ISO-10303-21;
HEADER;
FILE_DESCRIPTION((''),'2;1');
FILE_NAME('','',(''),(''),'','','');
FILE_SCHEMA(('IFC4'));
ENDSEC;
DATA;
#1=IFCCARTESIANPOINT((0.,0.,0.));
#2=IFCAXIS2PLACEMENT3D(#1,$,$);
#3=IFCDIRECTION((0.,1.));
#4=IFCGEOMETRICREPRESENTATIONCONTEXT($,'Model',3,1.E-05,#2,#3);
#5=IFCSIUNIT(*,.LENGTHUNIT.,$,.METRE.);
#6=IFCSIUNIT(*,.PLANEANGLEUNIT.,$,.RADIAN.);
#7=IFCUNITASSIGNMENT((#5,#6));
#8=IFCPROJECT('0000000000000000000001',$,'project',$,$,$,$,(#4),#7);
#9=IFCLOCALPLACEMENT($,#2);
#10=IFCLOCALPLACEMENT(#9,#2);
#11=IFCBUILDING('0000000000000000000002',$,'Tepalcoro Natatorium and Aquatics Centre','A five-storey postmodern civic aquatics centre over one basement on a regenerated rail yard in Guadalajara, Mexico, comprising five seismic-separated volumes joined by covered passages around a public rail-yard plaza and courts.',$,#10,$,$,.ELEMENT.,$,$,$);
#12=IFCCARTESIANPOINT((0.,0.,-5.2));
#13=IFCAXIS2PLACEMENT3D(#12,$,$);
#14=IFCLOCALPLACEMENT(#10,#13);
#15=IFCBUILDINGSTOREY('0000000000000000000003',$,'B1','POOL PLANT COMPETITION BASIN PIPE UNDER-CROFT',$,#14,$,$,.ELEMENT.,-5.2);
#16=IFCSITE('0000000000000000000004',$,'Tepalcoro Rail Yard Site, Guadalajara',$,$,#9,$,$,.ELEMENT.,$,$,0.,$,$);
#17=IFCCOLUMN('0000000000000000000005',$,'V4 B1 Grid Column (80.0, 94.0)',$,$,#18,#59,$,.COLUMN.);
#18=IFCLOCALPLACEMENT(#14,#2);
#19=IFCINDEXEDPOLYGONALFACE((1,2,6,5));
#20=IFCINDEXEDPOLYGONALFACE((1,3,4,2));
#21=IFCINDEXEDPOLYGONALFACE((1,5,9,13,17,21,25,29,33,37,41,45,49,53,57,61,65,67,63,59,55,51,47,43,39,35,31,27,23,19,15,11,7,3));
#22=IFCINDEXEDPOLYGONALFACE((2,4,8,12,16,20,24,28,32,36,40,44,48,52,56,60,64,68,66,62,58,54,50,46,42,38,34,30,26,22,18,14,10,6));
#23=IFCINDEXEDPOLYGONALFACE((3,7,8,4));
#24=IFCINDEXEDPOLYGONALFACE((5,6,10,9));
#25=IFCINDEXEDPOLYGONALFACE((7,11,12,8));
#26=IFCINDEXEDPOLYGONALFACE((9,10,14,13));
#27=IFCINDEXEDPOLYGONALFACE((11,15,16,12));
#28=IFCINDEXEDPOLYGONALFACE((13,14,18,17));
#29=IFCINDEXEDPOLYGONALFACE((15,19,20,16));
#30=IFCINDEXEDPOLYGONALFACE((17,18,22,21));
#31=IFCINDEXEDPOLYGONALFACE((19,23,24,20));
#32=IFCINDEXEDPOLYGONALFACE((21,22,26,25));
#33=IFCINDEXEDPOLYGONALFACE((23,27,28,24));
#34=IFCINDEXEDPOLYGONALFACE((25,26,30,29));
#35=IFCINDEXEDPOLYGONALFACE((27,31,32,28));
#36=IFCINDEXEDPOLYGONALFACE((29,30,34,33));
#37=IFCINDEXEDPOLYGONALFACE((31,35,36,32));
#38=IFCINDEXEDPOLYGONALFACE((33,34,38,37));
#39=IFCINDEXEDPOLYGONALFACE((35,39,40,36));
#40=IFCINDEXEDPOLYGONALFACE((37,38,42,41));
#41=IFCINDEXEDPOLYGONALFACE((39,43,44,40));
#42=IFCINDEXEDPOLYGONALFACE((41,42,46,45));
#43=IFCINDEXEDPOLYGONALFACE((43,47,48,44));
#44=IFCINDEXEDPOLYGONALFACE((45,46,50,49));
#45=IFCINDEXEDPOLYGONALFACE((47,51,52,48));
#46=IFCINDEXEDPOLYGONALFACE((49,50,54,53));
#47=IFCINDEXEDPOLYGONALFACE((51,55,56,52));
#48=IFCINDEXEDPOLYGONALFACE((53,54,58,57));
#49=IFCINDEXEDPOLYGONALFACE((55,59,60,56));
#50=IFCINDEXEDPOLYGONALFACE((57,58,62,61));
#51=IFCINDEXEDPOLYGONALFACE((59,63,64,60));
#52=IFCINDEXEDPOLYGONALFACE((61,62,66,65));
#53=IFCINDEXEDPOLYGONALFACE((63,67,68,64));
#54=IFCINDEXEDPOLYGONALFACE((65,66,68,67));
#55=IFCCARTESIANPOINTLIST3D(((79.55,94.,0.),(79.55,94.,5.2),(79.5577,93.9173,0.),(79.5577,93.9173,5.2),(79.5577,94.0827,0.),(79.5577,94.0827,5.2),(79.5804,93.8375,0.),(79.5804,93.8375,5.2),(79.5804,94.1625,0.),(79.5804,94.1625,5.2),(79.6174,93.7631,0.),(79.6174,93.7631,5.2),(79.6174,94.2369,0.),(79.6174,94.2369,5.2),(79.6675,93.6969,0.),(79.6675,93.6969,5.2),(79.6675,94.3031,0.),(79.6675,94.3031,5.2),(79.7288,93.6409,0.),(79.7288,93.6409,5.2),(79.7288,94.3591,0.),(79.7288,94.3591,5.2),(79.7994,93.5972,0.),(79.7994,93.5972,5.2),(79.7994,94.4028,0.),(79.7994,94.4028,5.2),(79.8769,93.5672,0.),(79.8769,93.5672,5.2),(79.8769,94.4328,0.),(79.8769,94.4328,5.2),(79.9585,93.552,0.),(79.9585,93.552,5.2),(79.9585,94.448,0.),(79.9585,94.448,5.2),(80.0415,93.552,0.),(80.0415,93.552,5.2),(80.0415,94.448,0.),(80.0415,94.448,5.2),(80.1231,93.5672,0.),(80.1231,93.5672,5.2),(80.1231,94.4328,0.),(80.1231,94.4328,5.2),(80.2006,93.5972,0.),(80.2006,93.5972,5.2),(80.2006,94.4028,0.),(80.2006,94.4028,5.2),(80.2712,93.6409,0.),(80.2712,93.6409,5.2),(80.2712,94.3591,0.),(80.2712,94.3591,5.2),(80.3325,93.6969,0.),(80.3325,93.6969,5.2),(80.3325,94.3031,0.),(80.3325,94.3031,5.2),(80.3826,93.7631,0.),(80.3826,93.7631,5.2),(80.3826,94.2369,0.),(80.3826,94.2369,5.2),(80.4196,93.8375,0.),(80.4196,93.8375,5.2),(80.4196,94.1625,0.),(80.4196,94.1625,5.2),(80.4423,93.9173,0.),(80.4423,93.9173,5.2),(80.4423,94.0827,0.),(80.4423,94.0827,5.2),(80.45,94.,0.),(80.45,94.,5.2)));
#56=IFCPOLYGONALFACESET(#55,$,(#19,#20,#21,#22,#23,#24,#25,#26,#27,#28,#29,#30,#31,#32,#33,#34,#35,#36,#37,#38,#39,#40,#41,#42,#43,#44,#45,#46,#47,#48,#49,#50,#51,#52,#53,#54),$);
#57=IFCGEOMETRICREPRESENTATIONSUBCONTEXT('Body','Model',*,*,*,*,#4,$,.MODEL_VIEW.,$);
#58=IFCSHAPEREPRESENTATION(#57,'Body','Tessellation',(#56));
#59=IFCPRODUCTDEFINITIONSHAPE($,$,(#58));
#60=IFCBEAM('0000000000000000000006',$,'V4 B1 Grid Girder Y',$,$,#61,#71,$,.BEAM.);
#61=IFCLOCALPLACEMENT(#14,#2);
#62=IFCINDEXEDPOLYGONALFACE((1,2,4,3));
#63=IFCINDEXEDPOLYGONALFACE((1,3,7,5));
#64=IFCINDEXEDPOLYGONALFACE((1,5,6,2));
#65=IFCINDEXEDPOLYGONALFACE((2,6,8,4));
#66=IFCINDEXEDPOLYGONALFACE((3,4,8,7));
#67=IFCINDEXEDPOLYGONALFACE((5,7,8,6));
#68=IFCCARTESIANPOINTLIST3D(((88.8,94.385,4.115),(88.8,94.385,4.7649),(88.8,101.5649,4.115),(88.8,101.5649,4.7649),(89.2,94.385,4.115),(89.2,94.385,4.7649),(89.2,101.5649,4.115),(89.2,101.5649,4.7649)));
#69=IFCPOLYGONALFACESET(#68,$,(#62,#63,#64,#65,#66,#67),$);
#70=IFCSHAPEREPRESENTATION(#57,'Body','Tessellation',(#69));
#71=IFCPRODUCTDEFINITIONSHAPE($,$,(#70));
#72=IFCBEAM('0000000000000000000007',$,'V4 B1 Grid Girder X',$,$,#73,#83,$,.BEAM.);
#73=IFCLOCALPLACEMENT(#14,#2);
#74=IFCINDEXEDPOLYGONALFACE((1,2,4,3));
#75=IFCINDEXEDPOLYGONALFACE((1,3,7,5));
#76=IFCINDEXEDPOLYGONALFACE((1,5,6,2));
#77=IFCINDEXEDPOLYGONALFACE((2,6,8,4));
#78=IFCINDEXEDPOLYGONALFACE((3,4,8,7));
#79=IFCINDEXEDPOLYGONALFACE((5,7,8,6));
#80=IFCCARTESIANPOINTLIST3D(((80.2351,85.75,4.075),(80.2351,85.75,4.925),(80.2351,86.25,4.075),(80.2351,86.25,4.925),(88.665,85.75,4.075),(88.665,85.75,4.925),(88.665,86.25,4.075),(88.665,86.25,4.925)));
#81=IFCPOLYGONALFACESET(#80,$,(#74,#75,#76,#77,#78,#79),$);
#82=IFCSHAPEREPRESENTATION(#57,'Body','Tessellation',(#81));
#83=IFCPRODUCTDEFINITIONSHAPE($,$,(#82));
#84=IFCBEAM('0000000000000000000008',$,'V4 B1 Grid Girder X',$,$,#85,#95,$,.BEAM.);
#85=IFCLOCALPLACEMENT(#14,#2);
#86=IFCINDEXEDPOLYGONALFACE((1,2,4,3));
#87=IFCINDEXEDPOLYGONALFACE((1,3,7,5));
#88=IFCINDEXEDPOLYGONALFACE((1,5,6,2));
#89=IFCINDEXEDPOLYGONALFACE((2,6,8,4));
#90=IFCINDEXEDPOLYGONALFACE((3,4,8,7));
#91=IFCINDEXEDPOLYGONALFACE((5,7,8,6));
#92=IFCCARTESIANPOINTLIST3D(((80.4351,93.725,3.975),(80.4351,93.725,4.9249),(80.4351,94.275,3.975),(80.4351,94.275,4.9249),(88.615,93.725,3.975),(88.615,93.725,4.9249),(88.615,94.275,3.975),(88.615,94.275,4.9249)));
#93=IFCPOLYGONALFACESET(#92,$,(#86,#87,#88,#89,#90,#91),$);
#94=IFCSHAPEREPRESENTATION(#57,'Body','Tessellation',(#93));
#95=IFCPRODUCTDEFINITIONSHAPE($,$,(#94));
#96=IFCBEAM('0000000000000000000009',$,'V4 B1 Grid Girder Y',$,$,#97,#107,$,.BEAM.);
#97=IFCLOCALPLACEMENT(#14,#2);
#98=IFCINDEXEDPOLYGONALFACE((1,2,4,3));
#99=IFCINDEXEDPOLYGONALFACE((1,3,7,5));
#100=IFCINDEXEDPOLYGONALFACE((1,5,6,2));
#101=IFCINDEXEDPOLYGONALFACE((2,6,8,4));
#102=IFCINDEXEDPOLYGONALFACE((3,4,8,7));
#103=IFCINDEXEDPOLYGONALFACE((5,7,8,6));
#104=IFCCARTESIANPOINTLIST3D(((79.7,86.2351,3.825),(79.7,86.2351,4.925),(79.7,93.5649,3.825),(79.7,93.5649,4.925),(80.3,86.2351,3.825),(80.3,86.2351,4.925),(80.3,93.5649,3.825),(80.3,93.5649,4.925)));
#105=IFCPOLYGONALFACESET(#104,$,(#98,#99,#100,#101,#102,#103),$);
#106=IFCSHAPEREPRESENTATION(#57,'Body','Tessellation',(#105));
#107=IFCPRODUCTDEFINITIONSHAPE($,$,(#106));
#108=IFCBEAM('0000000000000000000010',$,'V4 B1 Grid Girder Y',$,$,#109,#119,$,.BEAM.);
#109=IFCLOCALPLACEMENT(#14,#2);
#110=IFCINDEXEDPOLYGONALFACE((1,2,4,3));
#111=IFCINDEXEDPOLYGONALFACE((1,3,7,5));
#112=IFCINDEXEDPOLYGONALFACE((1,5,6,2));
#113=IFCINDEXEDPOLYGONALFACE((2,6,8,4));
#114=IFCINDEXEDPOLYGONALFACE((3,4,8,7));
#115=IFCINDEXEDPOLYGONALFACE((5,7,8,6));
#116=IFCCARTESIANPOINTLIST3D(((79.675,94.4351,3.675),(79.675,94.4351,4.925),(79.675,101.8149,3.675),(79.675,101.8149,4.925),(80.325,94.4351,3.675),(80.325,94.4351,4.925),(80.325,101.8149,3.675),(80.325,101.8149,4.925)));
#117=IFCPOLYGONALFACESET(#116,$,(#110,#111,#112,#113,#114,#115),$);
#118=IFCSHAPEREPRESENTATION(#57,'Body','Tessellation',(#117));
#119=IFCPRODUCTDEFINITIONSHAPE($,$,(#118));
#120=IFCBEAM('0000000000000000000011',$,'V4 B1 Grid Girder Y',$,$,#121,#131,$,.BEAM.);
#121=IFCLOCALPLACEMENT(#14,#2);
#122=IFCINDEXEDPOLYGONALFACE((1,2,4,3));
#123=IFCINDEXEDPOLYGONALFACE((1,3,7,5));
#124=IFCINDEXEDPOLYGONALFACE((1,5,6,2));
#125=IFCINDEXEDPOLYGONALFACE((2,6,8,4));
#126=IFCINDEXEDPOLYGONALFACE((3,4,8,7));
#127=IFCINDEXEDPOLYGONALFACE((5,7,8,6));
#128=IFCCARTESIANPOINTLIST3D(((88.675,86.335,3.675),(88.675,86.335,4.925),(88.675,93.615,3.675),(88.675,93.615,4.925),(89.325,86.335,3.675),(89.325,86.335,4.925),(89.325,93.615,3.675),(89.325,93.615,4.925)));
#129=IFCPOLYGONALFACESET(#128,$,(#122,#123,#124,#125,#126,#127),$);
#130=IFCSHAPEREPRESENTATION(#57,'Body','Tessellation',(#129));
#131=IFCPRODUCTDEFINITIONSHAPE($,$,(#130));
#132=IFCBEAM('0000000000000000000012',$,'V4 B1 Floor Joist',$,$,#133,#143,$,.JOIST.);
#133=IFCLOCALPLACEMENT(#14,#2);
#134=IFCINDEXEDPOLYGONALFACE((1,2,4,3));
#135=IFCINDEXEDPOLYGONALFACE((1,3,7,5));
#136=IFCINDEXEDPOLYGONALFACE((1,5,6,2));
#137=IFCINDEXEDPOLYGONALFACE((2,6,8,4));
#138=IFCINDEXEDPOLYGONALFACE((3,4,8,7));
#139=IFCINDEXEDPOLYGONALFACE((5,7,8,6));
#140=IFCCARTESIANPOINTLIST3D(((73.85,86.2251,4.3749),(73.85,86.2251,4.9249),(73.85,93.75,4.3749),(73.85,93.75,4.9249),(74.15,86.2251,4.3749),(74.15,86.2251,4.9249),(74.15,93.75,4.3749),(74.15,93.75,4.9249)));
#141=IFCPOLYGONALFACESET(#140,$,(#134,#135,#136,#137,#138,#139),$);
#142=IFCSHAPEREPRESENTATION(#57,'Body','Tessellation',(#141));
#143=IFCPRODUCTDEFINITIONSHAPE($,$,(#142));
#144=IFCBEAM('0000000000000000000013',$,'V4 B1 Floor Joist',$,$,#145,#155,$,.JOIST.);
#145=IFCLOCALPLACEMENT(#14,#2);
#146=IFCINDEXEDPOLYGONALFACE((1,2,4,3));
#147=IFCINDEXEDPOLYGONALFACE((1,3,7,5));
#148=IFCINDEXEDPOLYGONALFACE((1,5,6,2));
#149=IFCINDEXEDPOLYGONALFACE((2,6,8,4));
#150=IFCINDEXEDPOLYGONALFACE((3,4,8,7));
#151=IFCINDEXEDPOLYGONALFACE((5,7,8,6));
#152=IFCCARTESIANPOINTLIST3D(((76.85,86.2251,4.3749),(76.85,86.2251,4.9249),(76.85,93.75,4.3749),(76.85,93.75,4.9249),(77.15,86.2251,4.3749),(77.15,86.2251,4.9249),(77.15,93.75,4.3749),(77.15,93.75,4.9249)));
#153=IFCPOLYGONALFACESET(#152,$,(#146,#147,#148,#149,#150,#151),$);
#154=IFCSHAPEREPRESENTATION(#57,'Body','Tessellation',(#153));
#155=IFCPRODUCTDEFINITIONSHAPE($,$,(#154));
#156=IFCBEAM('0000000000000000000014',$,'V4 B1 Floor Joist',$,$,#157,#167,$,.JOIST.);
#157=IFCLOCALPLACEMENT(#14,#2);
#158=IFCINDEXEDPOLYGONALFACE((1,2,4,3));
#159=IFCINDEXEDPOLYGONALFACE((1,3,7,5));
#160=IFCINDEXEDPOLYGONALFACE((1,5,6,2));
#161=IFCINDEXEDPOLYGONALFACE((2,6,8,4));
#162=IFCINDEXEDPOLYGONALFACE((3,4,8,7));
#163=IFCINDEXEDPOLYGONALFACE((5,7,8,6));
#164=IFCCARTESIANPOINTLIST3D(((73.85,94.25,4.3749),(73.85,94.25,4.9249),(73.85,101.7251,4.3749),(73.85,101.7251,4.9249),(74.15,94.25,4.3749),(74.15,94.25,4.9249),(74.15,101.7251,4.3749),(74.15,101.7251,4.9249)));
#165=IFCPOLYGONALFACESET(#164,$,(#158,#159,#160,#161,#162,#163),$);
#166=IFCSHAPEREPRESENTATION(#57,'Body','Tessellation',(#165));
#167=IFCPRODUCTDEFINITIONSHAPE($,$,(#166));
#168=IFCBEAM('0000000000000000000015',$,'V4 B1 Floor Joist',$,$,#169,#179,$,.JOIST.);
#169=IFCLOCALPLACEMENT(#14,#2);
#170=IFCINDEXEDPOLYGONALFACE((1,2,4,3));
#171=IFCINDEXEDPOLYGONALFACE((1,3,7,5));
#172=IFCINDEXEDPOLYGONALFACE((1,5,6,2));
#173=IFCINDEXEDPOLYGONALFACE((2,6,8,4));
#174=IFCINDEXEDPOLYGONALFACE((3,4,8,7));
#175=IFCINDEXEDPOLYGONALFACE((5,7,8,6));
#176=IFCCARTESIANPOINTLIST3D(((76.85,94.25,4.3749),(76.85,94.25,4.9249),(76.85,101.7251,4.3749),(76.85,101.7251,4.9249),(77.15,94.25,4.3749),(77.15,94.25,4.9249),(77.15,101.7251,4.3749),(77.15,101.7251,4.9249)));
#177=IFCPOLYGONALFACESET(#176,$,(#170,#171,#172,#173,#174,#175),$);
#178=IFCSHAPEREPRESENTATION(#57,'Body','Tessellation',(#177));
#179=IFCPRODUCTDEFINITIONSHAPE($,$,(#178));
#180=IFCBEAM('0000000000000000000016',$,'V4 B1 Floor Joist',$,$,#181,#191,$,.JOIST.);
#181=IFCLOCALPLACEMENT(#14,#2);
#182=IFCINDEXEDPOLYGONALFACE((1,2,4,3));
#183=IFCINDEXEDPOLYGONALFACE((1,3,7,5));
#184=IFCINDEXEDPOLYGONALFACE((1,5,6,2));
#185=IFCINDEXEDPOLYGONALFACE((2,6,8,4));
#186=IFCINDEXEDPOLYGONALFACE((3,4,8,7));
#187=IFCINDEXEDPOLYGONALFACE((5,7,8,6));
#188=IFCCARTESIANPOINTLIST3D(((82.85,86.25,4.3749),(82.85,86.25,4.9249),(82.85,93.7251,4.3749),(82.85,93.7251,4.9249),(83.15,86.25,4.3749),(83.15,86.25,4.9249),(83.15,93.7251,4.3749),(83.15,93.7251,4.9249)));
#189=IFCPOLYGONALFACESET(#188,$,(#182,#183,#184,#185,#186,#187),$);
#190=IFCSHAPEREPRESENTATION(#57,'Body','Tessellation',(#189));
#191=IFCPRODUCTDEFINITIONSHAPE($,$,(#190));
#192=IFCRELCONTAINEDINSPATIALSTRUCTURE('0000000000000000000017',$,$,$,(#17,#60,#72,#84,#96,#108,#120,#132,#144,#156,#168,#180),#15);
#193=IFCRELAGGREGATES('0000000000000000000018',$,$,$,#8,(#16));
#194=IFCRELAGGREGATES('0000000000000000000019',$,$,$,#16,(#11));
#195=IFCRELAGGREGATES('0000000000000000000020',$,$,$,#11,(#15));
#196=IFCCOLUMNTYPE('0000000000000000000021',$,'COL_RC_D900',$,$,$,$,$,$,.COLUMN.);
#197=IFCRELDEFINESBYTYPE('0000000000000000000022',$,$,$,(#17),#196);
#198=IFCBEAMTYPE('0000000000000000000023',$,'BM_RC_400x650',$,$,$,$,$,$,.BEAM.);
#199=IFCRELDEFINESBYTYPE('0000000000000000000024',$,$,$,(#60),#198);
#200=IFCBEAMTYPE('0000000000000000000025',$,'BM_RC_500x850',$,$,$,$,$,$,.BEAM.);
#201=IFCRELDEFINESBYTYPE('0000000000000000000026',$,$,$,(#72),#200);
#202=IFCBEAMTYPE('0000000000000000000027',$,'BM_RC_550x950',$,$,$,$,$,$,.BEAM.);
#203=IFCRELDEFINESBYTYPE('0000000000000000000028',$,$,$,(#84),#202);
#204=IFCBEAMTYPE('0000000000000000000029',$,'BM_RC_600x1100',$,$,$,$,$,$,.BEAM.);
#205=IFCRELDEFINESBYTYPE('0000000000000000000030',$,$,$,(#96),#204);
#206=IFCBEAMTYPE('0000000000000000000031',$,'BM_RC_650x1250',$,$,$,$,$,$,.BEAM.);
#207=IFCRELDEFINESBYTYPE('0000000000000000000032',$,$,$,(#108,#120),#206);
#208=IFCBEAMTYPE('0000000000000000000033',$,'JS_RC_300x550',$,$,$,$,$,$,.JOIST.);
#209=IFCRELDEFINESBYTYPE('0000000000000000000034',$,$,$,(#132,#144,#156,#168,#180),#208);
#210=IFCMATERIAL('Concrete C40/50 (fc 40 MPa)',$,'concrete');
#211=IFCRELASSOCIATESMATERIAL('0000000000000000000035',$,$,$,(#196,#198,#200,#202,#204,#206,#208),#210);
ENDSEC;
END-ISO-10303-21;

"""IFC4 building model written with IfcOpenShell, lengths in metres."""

from ifc_helpers import new_model, si_unit, direction, frame, origin, origin_2d, place, context, subcontext, project, spatial, rectangle, circle, extrude, material, material_profile, profile_set, type_object, element, save


model = new_model("IFC4")

# Units and contexts
model_context = context("Model", 3, precision=1e-05, world=origin(), true_north=direction((0.0, 1.0)))
body_context = subcontext(model_context, "Body", "Model", "MODEL_VIEW")
ifc_project = project(units=[si_unit("LENGTHUNIT", "METRE"), si_unit("PLANEANGLEUNIT", "RADIAN")], contexts=[model_context])

# Site, building, storey
site_placement = place(None, origin())
site = spatial("IfcSite", under=ifc_project, at=site_placement, Name="Tepalcoro Rail Yard Site, Guadalajara", CompositionType="ELEMENT", RefElevation=0.0)
building_placement = place(site_placement, origin())
building = spatial("IfcBuilding", under=site, at=building_placement, Name="Tepalcoro Natatorium and Aquatics Centre", Description="A five-storey postmodern civic aquatics centre over one basement on a regenerated rail yard in Guadalajara, Mexico, comprising five seismic-separated volumes joined by covered passages around a public rail-yard plaza and courts.", CompositionType="ELEMENT")
storey_placement = place(building_placement, frame((0.0, 0.0, -5.2)))
storey = spatial("IfcBuildingStorey", under=building, at=storey_placement, Name="B1", Description="POOL PLANT COMPETITION BASIN PIPE UNDER-CROFT", CompositionType="ELEMENT", Elevation=-5.2)

# Shared definitions
ifc_material_1 = material(Name="Concrete C40/50 (fc 40 MPa)", Category="concrete")

# Column
ifc_material_profile_1 = material_profile(ifc_material_1, circle(Radius=0.45, at=origin_2d()), Name="RCD900")
ifc_profile_set_1 = profile_set([ifc_material_profile_1], Name="Concrete C40/50 (fc 40 MPa)")
column_type_1 = type_object("IfcColumnType", Name="COL_RC_D900", PredefinedType="COLUMN", material=ifc_profile_set_1)
column_1_placement = place(storey_placement, frame((80.0, 94.0, 0.0), z_axis=(0.0, 0.0, 1.0), x_axis=(1.0, 0.0, 0.0)))
element("IfcColumn", 1, at=column_1_placement, inside=storey, type_object=column_type_1, Name="V4 B1 Grid Column (80.0, 94.0)", PredefinedType="COLUMN", context=body_context, shape_type="SweptSolid", body=[
    extrude(circle(Radius=0.45, at=origin_2d()), origin(), (0.0, 0.0, 1.0), 5.2),
])

# Beams
ifc_material_profile_2 = material_profile(ifc_material_1, rectangle(XDim=0.3999, YDim=0.6499, at=origin_2d()), Name="RCB400x650")
ifc_profile_set_2 = profile_set([ifc_material_profile_2], Name="Concrete C40/50 (fc 40 MPa)")
beam_type_1 = type_object("IfcBeamType", Name="BM_RC_400x650", PredefinedType="BEAM", material=ifc_profile_set_2)
beam_1_placement = place(storey_placement, frame((89.0, 94.385, 4.4399), z_axis=(0.0, 1.0, 0.0), x_axis=(-1.0, 0.0, 0.0)))
element("IfcBeam", 2, at=beam_1_placement, inside=storey, type_object=beam_type_1, Name="V4 B1 Grid Girder Y", PredefinedType="BEAM", context=body_context, shape_type="SweptSolid", body=[
    extrude(rectangle(XDim=0.3999, YDim=0.6499, at=origin_2d()), origin(), (0.0, 0.0, 1.0), 7.1799),
])
ifc_material_profile_3 = material_profile(ifc_material_1, rectangle(XDim=0.5, YDim=0.8501, at=origin_2d()), Name="RCB500x850")
ifc_profile_set_3 = profile_set([ifc_material_profile_3], Name="Concrete C40/50 (fc 40 MPa)")
beam_type_2 = type_object("IfcBeamType", Name="BM_RC_500x850", PredefinedType="BEAM", material=ifc_profile_set_3)
beam_2_placement = place(storey_placement, frame((80.2351, 86.0, 4.5), z_axis=(1.0, 0.0, 0.0), x_axis=(0.0, 1.0, 0.0)))
element("IfcBeam", 3, at=beam_2_placement, inside=storey, type_object=beam_type_2, Name="V4 B1 Grid Girder X", PredefinedType="BEAM", context=body_context, shape_type="SweptSolid", body=[
    extrude(rectangle(XDim=0.5, YDim=0.8501, at=origin_2d()), origin(), (0.0, 0.0, 1.0), 8.4299),
])
ifc_material_profile_4 = material_profile(ifc_material_1, rectangle(XDim=0.55, YDim=0.95, at=origin_2d()), Name="RCB550x950")
ifc_profile_set_4 = profile_set([ifc_material_profile_4], Name="Concrete C40/50 (fc 40 MPa)")
beam_type_3 = type_object("IfcBeamType", Name="BM_RC_550x950", PredefinedType="BEAM", material=ifc_profile_set_4)
beam_3_placement = place(storey_placement, frame((80.4351, 94.0, 4.45), z_axis=(1.0, 0.0, 0.0), x_axis=(0.0, 1.0, 0.0)))
element("IfcBeam", 4, at=beam_3_placement, inside=storey, type_object=beam_type_3, Name="V4 B1 Grid Girder X", PredefinedType="BEAM", context=body_context, shape_type="SweptSolid", body=[
    extrude(rectangle(XDim=0.55, YDim=0.95, at=origin_2d()), origin(), (0.0, 0.0, 1.0), 8.1799),
])
ifc_material_profile_5 = material_profile(ifc_material_1, rectangle(XDim=0.6001, YDim=1.1001, at=origin_2d()), Name="RCB600x1100")
ifc_profile_set_5 = profile_set([ifc_material_profile_5], Name="Concrete C40/50 (fc 40 MPa)")
beam_type_4 = type_object("IfcBeamType", Name="BM_RC_600x1100", PredefinedType="BEAM", material=ifc_profile_set_5)
beam_4_placement = place(storey_placement, frame((80.0, 86.2351, 4.375), z_axis=(0.0, 1.0, 0.0), x_axis=(-1.0, 0.0, 0.0)))
element("IfcBeam", 5, at=beam_4_placement, inside=storey, type_object=beam_type_4, Name="V4 B1 Grid Girder Y", PredefinedType="BEAM", context=body_context, shape_type="SweptSolid", body=[
    extrude(rectangle(XDim=0.6001, YDim=1.1001, at=origin_2d()), origin(), (0.0, 0.0, 1.0), 7.3298),
])
ifc_material_profile_6 = material_profile(ifc_material_1, rectangle(XDim=0.6499, YDim=1.25, at=origin_2d()), Name="RCB650x1250")
ifc_profile_set_6 = profile_set([ifc_material_profile_6], Name="Concrete C40/50 (fc 40 MPa)")
beam_type_5 = type_object("IfcBeamType", Name="BM_RC_650x1250", PredefinedType="BEAM", material=ifc_profile_set_6)
beam_5_placement = place(storey_placement, frame((80.0, 94.4351, 4.3), z_axis=(0.0, 1.0, 0.0), x_axis=(-1.0, 0.0, 0.0)))
element("IfcBeam", 6, at=beam_5_placement, inside=storey, type_object=beam_type_5, Name="V4 B1 Grid Girder Y", PredefinedType="BEAM", context=body_context, shape_type="SweptSolid", body=[
    extrude(rectangle(XDim=0.6499, YDim=1.25, at=origin_2d()), origin(), (0.0, 0.0, 1.0), 7.3799),
])
beam_6_placement = place(storey_placement, frame((89.0, 86.335, 4.3), z_axis=(0.0, 1.0, 0.0), x_axis=(-1.0, 0.0, 0.0)))
element("IfcBeam", 7, at=beam_6_placement, inside=storey, type_object=beam_type_5, Name="V4 B1 Grid Girder Y", PredefinedType="BEAM", context=body_context, shape_type="SweptSolid", body=[
    extrude(rectangle(XDim=0.6499, YDim=1.25, at=origin_2d()), origin(), (0.0, 0.0, 1.0), 7.28),
])
ifc_material_profile_7 = material_profile(ifc_material_1, rectangle(XDim=0.3, YDim=0.55, at=origin_2d()), Name="RCJ300x550")
ifc_profile_set_7 = profile_set([ifc_material_profile_7], Name="Concrete C40/50 (fc 40 MPa)")
beam_type_6 = type_object("IfcBeamType", Name="JS_RC_300x550", PredefinedType="JOIST", material=ifc_profile_set_7)
for number, where, z_axis, x_axis, name in (
    (8, (74.0, 86.2251, 4.6499), (0.0, 1.0, 0.0), (-1.0, 0.0, 0.0), "V4 B1 Floor Joist"),
    (9, (77.0, 86.2251, 4.6499), (0.0, 1.0, 0.0), (-1.0, 0.0, 0.0), "V4 B1 Floor Joist"),
):
    element("IfcBeam", number, at=place(storey_placement, frame(where, z_axis=z_axis, x_axis=x_axis)), inside=storey, type_object=beam_type_6, Name=name, PredefinedType="JOIST", context=body_context, shape_type="SweptSolid", body=[
        extrude(rectangle(XDim=0.3, YDim=0.55, at=origin_2d()), origin(), (0.0, 0.0, 1.0), 7.5249),
    ])
for number, where, z_axis, x_axis, name in (
    (10, (74.0, 94.25, 4.6499), (0.0, 1.0, 0.0), (-1.0, 0.0, 0.0), "V4 B1 Floor Joist"),
    (11, (77.0, 94.25, 4.6499), (0.0, 1.0, 0.0), (-1.0, 0.0, 0.0), "V4 B1 Floor Joist"),
    (12, (83.0, 86.25, 4.6499), (0.0, 1.0, 0.0), (-1.0, 0.0, 0.0), "V4 B1 Floor Joist"),
):
    element("IfcBeam", number, at=place(storey_placement, frame(where, z_axis=z_axis, x_axis=x_axis)), inside=storey, type_object=beam_type_6, Name=name, PredefinedType="JOIST", context=body_context, shape_type="SweptSolid", body=[
        extrude(rectangle(XDim=0.3, YDim=0.55, at=origin_2d()), origin(), (0.0, 0.0, 1.0), 7.4751),
    ])

save(model, "model.ifc")
